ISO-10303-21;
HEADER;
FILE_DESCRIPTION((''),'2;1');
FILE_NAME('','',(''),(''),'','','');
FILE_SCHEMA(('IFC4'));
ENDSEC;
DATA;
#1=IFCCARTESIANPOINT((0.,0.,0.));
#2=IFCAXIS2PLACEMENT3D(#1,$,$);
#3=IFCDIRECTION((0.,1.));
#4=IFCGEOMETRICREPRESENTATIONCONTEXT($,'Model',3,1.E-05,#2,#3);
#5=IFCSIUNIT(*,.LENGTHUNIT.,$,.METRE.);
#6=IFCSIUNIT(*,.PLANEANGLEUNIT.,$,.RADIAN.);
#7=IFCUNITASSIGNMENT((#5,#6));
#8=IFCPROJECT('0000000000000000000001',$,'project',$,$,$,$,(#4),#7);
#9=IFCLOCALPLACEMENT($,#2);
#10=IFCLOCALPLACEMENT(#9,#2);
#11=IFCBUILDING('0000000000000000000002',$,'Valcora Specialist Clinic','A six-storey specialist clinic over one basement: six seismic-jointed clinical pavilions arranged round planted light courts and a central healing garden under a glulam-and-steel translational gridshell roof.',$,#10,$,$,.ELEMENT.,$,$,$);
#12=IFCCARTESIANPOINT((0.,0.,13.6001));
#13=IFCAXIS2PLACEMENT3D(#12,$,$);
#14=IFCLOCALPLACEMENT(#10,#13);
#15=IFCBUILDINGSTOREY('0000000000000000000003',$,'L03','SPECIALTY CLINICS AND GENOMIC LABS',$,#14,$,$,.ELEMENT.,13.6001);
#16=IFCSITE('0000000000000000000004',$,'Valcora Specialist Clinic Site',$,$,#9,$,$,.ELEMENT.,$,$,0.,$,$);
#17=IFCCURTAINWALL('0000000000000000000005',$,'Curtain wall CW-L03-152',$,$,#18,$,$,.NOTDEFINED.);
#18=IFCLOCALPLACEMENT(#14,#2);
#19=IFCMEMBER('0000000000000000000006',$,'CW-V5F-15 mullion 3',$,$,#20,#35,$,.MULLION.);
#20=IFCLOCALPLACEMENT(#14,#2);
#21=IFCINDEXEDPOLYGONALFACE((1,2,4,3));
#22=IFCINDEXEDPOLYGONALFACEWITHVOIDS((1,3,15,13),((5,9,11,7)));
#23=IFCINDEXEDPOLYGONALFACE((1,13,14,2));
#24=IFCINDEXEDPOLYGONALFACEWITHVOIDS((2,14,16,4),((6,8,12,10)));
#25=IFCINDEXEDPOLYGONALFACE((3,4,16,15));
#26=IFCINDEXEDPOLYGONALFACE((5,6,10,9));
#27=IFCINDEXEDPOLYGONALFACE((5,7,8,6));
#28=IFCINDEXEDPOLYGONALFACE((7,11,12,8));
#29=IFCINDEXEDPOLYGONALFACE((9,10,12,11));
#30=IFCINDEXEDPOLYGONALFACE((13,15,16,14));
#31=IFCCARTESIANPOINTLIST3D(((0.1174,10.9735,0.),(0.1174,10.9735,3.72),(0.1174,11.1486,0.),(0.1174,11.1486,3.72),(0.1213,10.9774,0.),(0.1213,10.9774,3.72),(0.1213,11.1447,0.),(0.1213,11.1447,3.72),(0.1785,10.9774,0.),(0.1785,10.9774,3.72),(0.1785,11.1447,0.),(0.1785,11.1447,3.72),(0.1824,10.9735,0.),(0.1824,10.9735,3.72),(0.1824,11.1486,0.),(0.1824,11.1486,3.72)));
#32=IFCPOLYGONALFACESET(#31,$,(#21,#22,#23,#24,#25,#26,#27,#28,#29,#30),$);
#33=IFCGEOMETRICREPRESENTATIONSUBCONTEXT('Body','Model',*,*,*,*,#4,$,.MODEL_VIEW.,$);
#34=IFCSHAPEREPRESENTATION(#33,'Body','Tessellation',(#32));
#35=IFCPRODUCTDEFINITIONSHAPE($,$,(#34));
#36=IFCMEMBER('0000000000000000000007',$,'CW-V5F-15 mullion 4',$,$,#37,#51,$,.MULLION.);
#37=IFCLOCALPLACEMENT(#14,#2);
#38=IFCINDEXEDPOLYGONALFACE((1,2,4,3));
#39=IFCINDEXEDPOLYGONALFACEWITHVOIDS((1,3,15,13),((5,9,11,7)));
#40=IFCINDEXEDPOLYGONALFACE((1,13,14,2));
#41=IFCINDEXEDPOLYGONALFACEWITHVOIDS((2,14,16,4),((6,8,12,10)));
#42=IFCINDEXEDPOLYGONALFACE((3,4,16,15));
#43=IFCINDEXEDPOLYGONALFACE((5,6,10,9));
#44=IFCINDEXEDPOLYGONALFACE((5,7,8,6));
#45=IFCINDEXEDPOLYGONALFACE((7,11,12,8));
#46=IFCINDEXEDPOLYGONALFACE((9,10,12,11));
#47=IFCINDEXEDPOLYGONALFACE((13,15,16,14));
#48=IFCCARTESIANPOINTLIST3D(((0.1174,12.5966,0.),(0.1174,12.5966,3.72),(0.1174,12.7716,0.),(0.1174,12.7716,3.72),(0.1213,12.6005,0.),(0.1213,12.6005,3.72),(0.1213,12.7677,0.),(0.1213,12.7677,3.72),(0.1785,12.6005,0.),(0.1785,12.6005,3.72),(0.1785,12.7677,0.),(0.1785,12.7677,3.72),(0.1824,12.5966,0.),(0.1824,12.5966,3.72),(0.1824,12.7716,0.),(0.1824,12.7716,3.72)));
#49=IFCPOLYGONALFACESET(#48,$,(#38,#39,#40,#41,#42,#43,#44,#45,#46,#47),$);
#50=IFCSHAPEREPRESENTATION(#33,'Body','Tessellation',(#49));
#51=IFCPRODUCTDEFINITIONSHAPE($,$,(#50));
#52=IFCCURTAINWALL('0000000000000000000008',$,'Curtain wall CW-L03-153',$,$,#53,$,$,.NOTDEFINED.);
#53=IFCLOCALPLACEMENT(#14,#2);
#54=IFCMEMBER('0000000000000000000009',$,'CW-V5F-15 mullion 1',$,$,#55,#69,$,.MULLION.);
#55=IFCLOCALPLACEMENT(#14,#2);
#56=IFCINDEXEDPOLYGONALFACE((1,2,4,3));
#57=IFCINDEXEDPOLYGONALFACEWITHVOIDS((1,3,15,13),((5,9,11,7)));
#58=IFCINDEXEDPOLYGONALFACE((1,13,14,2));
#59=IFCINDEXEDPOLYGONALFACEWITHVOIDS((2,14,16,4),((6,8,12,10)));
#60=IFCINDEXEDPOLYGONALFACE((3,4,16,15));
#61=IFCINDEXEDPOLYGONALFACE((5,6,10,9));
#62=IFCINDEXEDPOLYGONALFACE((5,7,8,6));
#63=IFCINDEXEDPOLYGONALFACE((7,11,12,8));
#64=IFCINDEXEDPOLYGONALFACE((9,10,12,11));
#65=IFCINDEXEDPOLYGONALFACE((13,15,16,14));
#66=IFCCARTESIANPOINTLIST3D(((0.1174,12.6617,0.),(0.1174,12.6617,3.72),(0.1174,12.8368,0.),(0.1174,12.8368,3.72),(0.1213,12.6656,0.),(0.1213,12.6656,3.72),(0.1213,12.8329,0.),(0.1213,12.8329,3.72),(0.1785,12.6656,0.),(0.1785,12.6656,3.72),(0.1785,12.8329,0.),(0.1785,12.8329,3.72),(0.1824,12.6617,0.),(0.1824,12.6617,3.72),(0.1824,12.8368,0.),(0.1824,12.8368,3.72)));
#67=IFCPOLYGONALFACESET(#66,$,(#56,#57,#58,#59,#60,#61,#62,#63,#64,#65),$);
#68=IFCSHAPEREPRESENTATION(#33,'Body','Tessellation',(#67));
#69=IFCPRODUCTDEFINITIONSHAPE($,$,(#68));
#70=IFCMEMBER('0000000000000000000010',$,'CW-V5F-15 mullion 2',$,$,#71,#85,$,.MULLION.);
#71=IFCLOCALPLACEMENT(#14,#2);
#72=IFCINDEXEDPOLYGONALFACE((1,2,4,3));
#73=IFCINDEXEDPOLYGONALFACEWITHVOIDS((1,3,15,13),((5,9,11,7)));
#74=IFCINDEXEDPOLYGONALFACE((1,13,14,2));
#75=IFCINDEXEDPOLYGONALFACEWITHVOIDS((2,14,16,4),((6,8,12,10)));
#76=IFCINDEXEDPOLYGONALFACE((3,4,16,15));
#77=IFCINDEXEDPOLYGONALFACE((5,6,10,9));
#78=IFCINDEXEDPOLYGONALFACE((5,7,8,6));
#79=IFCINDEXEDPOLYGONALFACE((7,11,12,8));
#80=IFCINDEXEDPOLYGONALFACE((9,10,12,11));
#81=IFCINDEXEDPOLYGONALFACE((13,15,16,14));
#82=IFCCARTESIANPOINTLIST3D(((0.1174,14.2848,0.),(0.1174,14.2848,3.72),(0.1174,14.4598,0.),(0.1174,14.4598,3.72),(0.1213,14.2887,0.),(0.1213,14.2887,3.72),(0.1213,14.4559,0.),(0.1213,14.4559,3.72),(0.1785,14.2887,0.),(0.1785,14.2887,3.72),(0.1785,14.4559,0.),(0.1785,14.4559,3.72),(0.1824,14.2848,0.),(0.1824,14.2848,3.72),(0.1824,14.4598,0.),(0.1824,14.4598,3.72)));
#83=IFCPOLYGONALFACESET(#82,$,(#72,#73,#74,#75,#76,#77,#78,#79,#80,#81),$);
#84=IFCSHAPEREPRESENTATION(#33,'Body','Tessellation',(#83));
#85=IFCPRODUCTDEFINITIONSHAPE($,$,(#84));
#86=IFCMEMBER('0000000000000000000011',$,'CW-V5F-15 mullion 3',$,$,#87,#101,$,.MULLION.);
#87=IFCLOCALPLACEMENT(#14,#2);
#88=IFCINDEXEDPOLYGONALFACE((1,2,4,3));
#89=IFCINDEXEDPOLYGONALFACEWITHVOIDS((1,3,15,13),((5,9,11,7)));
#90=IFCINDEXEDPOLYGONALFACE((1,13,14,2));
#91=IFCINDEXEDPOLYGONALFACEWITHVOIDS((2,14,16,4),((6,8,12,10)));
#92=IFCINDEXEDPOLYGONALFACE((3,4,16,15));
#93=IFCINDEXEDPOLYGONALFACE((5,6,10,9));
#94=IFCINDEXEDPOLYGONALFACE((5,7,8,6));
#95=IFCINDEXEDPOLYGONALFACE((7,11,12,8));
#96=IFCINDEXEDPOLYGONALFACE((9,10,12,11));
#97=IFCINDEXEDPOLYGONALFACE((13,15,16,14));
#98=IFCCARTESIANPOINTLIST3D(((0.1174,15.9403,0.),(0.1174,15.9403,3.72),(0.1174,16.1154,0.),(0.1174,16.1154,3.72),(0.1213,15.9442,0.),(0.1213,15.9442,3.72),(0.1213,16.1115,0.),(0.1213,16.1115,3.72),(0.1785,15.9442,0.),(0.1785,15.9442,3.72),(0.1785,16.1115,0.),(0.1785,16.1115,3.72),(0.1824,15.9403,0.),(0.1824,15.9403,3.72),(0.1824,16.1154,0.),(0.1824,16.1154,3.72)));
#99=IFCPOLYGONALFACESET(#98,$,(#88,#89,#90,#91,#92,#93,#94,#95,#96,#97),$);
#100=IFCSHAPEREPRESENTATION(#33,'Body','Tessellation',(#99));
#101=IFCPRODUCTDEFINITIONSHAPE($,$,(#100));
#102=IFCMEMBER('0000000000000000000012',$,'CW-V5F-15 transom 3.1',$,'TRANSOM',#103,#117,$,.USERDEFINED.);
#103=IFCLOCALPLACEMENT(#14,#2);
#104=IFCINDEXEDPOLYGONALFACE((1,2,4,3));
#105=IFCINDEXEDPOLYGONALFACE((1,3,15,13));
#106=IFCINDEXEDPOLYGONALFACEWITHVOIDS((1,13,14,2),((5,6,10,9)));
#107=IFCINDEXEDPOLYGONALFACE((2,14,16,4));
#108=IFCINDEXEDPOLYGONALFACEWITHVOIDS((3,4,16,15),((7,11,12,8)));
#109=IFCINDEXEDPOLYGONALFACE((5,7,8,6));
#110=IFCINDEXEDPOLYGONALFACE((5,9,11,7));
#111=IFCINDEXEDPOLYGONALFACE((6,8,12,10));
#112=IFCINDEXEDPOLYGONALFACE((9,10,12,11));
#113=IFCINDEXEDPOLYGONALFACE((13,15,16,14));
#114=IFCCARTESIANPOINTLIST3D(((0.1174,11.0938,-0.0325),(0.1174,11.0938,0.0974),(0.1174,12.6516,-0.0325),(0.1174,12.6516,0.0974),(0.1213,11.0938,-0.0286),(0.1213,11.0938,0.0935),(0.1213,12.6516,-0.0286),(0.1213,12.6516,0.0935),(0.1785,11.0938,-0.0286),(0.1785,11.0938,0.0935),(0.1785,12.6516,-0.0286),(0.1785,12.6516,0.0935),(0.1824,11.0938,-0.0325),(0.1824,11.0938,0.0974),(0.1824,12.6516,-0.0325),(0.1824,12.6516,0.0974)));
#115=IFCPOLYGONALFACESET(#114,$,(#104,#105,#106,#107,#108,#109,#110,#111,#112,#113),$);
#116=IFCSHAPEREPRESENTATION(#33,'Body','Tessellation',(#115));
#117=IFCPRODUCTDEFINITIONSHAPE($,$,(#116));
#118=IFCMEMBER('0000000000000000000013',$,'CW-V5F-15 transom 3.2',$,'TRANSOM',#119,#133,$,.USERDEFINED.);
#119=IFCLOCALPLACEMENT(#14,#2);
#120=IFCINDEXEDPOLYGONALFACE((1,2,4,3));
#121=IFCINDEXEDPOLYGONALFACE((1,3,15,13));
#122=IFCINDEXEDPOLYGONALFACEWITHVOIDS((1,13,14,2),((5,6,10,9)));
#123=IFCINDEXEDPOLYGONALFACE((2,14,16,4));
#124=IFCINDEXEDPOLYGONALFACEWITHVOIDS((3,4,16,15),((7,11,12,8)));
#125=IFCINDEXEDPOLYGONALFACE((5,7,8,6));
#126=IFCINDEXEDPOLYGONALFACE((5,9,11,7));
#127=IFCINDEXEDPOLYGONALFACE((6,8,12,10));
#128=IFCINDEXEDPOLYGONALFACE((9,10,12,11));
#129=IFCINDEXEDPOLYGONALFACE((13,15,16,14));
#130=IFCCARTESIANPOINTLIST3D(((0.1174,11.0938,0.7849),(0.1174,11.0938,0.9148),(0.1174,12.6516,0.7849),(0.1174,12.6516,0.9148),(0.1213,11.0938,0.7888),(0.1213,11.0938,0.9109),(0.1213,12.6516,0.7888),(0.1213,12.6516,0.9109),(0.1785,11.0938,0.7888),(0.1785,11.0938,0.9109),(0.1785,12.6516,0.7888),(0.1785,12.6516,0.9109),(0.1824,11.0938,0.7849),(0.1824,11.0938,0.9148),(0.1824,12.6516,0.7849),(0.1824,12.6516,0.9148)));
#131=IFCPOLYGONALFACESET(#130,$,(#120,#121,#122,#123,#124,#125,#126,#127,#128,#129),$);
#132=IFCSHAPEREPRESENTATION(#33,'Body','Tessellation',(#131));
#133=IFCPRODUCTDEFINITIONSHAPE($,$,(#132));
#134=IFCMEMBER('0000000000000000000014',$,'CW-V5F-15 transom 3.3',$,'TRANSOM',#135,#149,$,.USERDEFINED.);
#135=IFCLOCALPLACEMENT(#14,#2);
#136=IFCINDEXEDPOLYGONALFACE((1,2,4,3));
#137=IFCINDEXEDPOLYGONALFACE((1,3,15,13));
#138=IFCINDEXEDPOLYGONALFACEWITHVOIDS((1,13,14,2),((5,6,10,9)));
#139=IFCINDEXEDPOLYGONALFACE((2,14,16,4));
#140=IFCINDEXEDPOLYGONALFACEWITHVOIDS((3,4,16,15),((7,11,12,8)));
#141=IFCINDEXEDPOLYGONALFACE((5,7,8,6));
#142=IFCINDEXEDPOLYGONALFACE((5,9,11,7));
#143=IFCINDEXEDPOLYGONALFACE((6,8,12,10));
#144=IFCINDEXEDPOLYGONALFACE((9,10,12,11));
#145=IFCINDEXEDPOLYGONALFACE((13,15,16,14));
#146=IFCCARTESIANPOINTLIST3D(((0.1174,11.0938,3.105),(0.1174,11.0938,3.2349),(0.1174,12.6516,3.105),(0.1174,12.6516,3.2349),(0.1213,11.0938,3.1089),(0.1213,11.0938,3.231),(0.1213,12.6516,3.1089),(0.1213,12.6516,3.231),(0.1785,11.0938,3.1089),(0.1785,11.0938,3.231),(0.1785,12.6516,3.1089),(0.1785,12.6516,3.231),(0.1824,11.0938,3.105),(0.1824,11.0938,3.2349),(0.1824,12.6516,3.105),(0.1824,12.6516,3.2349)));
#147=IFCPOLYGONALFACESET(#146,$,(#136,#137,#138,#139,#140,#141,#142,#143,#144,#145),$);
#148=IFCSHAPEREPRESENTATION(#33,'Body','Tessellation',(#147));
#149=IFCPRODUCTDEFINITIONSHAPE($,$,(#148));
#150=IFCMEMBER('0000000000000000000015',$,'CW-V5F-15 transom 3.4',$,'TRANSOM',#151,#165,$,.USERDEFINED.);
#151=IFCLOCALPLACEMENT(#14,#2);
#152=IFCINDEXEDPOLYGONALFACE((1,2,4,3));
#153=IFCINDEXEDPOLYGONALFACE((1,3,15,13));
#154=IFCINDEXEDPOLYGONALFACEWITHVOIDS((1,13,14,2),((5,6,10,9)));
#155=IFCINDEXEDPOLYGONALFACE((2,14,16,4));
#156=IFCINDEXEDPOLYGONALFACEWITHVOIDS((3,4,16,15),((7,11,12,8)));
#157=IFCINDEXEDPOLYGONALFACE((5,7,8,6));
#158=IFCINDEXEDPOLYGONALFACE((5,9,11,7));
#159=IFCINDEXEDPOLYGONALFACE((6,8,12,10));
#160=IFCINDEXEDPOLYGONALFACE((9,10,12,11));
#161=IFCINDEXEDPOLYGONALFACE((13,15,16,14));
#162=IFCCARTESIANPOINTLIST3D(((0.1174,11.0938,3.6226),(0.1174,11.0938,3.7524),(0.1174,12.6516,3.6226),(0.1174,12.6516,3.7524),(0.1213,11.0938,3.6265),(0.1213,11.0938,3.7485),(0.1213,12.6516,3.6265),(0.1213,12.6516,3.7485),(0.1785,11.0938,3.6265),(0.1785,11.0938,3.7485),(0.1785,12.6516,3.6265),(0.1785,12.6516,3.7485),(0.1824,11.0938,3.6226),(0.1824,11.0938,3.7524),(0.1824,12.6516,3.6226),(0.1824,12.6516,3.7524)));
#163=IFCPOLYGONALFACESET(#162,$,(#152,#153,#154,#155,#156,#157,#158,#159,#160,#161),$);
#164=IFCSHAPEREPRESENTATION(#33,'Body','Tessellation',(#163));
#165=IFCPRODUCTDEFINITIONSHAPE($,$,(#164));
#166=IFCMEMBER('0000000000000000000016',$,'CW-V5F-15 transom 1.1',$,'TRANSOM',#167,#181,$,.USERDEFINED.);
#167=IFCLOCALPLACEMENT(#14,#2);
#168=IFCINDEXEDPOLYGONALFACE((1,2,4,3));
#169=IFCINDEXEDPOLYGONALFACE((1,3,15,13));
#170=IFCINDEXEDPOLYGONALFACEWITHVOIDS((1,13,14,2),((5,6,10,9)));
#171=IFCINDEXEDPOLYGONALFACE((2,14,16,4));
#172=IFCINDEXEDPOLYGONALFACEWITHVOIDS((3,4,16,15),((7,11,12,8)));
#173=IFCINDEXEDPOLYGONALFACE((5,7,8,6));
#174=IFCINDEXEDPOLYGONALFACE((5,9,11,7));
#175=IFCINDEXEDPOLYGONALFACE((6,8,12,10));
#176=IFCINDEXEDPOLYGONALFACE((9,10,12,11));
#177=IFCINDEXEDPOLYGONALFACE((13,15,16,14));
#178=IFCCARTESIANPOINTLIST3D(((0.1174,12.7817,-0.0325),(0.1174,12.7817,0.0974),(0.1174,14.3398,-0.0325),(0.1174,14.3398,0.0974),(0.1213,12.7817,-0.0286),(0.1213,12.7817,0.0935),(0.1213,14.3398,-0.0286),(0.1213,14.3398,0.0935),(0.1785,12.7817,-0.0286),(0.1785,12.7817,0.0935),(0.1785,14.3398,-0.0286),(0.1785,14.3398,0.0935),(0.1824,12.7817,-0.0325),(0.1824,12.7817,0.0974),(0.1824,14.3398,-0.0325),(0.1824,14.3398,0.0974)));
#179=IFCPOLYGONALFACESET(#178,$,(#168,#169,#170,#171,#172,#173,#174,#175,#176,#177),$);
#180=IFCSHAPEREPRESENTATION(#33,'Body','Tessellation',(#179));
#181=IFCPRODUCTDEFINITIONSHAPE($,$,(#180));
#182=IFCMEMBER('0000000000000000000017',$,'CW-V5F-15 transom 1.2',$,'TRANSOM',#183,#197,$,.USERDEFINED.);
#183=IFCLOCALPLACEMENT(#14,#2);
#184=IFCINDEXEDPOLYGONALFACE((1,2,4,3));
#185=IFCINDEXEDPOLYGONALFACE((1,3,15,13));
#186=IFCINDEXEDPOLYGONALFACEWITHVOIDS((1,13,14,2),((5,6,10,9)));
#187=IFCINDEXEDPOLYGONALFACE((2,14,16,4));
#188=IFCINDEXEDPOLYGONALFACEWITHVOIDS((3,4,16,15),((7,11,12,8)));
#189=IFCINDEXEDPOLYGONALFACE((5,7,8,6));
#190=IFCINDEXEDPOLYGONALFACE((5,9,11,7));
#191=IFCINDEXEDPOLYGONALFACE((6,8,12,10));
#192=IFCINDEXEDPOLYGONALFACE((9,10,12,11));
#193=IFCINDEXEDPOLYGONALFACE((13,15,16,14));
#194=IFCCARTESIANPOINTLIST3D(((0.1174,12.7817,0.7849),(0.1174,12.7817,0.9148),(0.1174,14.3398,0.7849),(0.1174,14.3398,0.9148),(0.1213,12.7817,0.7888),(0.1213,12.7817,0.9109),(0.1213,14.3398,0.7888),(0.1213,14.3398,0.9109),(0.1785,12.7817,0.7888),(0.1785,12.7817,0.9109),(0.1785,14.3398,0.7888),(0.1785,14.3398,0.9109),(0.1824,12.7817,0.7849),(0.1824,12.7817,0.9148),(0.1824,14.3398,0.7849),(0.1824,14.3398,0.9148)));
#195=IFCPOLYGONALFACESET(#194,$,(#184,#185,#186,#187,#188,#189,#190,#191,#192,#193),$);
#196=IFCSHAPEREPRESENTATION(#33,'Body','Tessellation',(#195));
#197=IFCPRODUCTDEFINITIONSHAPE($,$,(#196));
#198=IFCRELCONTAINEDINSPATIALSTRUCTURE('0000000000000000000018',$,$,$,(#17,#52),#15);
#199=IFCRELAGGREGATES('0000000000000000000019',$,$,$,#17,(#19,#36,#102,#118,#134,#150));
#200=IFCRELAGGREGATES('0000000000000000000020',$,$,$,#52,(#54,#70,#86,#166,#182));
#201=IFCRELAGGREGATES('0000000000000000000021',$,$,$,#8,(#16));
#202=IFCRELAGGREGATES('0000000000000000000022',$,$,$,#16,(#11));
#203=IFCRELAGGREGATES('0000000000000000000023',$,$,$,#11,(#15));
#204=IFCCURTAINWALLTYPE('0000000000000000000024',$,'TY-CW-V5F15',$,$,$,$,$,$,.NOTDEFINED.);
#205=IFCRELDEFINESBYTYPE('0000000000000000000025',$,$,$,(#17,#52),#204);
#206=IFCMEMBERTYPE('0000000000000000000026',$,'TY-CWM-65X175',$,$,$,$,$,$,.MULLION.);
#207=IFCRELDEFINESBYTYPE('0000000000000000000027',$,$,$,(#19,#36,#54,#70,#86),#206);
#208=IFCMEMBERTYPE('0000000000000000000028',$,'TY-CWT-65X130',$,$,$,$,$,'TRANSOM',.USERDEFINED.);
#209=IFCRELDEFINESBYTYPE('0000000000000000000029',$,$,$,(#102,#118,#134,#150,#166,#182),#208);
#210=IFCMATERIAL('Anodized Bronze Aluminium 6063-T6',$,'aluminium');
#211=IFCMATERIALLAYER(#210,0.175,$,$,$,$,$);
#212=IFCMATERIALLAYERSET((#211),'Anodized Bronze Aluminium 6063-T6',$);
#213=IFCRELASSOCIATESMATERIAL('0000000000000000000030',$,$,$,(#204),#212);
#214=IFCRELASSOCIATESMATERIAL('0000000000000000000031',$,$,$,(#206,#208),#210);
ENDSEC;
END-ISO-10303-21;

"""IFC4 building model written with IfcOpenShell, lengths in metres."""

from ifc_helpers import new_model, si_unit, direction, frame, origin, origin_2d, place, context, subcontext, project, spatial, hollow_rectangle, extrude, material, layer, layer_set, material_profile, profile_set, type_object, element, aggregate, save


model = new_model("IFC4")

# Units and contexts
model_context = context("Model", 3, precision=1e-05, world=origin(), true_north=direction((0.0, 1.0)))
body_context = subcontext(model_context, "Body", "Model", "MODEL_VIEW")
ifc_project = project(units=[si_unit("LENGTHUNIT", "METRE"), si_unit("PLANEANGLEUNIT", "RADIAN")], contexts=[model_context])

# Site, building, storey
site_placement = place(None, origin())
site = spatial("IfcSite", under=ifc_project, at=site_placement, Name="Valcora Specialist Clinic Site", CompositionType="ELEMENT", RefElevation=0.0)
building_placement = place(site_placement, origin())
building = spatial("IfcBuilding", under=site, at=building_placement, Name="Valcora Specialist Clinic", Description="A six-storey specialist clinic over one basement: six seismic-jointed clinical pavilions arranged round planted light courts and a central healing garden under a glulam-and-steel translational gridshell roof.", CompositionType="ELEMENT")
storey_placement = place(building_placement, frame((0.0, 0.0, 13.6001)))
storey = spatial("IfcBuildingStorey", under=building, at=storey_placement, Name="L03", Description="SPECIALTY CLINICS AND GENOMIC LABS", CompositionType="ELEMENT", Elevation=13.6001)

# Curtain walls, members
ifc_material_1 = material(Name="Anodized Bronze Aluminium 6063-T6", Category="aluminium")
ifc_layer_1 = layer(ifc_material_1, 0.175)
ifc_layer_set_1 = layer_set([ifc_layer_1], Name="Anodized Bronze Aluminium 6063-T6")
curtain_wall_type = type_object("IfcCurtainWallType", Name="TY-CW-V5F15", PredefinedType="NOTDEFINED", material=ifc_layer_set_1)
curtain_wall_1_placement = place(storey_placement, origin())
curtain_wall_1 = element("IfcCurtainWall", 1, at=curtain_wall_1_placement, inside=storey, type_object=curtain_wall_type, Name="Curtain wall CW-L03-152", PredefinedType="NOTDEFINED")
ifc_material_profile_1 = material_profile(ifc_material_1, hollow_rectangle(XDim=0.0649, YDim=0.175, WallThickness=0.0039, at=origin_2d()), Name="AL-MUL-65X175")
ifc_profile_set_1 = profile_set([ifc_material_profile_1], Name="Anodized Bronze Aluminium 6063-T6")
member_type_1 = type_object("IfcMemberType", Name="TY-CWM-65X175", PredefinedType="MULLION", material=ifc_profile_set_1)
member_1_placement = place(storey_placement, frame((0.1499, 11.061, 0.0), z_axis=(0.0, 0.0, 1.0), x_axis=(-1.0, 0.0, 0.0)))
member_1 = element("IfcMember", 2, at=member_1_placement, type_object=member_type_1, Name="CW-V5F-15 mullion 3", PredefinedType="MULLION", context=body_context, shape_type="SweptSolid", body=[
    extrude(hollow_rectangle(XDim=0.0649, YDim=0.175, WallThickness=0.0039, at=origin_2d()), origin(), (0.0, 0.0, 1.0), 3.72),
])
member_2_placement = place(storey_placement, frame((0.1499, 12.6841, 0.0), z_axis=(0.0, 0.0, 1.0), x_axis=(-1.0, 0.0, 0.0)))
member_2 = element("IfcMember", 3, at=member_2_placement, type_object=member_type_1, Name="CW-V5F-15 mullion 4", PredefinedType="MULLION", context=body_context, shape_type="SweptSolid", body=[
    extrude(hollow_rectangle(XDim=0.0649, YDim=0.175, WallThickness=0.0039, at=origin_2d()), origin(), (0.0, 0.0, 1.0), 3.72),
])
curtain_wall_2_placement = place(storey_placement, origin())
curtain_wall_2 = element("IfcCurtainWall", 4, at=curtain_wall_2_placement, inside=storey, type_object=curtain_wall_type, Name="Curtain wall CW-L03-153", PredefinedType="NOTDEFINED")
member_3_placement = place(storey_placement, frame((0.1499, 12.7493, 0.0), z_axis=(0.0, 0.0, 1.0), x_axis=(-1.0, 0.0, 0.0)))
member_3 = element("IfcMember", 5, at=member_3_placement, type_object=member_type_1, Name="CW-V5F-15 mullion 1", PredefinedType="MULLION", context=body_context, shape_type="SweptSolid", body=[
    extrude(hollow_rectangle(XDim=0.0649, YDim=0.175, WallThickness=0.0039, at=origin_2d()), origin(), (0.0, 0.0, 1.0), 3.72),
])
member_4_placement = place(storey_placement, frame((0.1499, 14.3723, 0.0), z_axis=(0.0, 0.0, 1.0), x_axis=(-1.0, 0.0, 0.0)))
member_4 = element("IfcMember", 6, at=member_4_placement, type_object=member_type_1, Name="CW-V5F-15 mullion 2", PredefinedType="MULLION", context=body_context, shape_type="SweptSolid", body=[
    extrude(hollow_rectangle(XDim=0.0649, YDim=0.175, WallThickness=0.0039, at=origin_2d()), origin(), (0.0, 0.0, 1.0), 3.72),
])
member_5_placement = place(storey_placement, frame((0.1499, 16.0278, 0.0), z_axis=(0.0, 0.0, 1.0), x_axis=(-1.0, 0.0, 0.0)))
member_5 = element("IfcMember", 7, at=member_5_placement, type_object=member_type_1, Name="CW-V5F-15 mullion 3", PredefinedType="MULLION", context=body_context, shape_type="SweptSolid", body=[
    extrude(hollow_rectangle(XDim=0.0649, YDim=0.175, WallThickness=0.0039, at=origin_2d()), origin(), (0.0, 0.0, 1.0), 3.72),
])

# Members
ifc_material_profile_2 = material_profile(ifc_material_1, hollow_rectangle(XDim=0.0649, YDim=0.1299, WallThickness=0.0039, at=origin_2d()), Name="AL-TRN-65X130")
ifc_profile_set_2 = profile_set([ifc_material_profile_2], Name="Anodized Bronze Aluminium 6063-T6")
member_type_2 = type_object("IfcMemberType", Name="TY-CWT-65X130", ElementType="TRANSOM", PredefinedType="USERDEFINED", material=ifc_profile_set_2)
member_6_placement = place(storey_placement, frame((0.1499, 11.0938, 0.0325), z_axis=(0.0, 1.0, 0.0), x_axis=(-1.0, 0.0, 0.0)))
member_6 = element("IfcMember", 8, at=member_6_placement, type_object=member_type_2, Name="CW-V5F-15 transom 3.1", ObjectType="TRANSOM", PredefinedType="USERDEFINED", context=body_context, shape_type="SweptSolid", body=[
    extrude(hollow_rectangle(XDim=0.0649, YDim=0.1299, WallThickness=0.0039, at=origin_2d()), origin(), (0.0, 0.0, 1.0), 1.5579),
])
member_7_placement = place(storey_placement, frame((0.1499, 11.0938, 0.8499), z_axis=(0.0, 1.0, 0.0), x_axis=(-1.0, 0.0, 0.0)))
member_7 = element("IfcMember", 9, at=member_7_placement, type_object=member_type_2, Name="CW-V5F-15 transom 3.2", ObjectType="TRANSOM", PredefinedType="USERDEFINED", context=body_context, shape_type="SweptSolid", body=[
    extrude(hollow_rectangle(XDim=0.0649, YDim=0.1299, WallThickness=0.0039, at=origin_2d()), origin(), (0.0, 0.0, 1.0), 1.5579),
])
member_8_placement = place(storey_placement, frame((0.1499, 11.0938, 3.1699), z_axis=(0.0, 1.0, 0.0), x_axis=(-1.0, 0.0, 0.0)))
member_8 = element("IfcMember", 10, at=member_8_placement, type_object=member_type_2, Name="CW-V5F-15 transom 3.3", ObjectType="TRANSOM", PredefinedType="USERDEFINED", context=body_context, shape_type="SweptSolid", body=[
    extrude(hollow_rectangle(XDim=0.0649, YDim=0.1299, WallThickness=0.0039, at=origin_2d()), origin(), (0.0, 0.0, 1.0), 1.5579),
])
member_9_placement = place(storey_placement, frame((0.1499, 11.0938, 3.6875), z_axis=(0.0, 1.0, 0.0), x_axis=(-1.0, 0.0, 0.0)))
member_9 = element("IfcMember", 11, at=member_9_placement, type_object=member_type_2, Name="CW-V5F-15 transom 3.4", ObjectType="TRANSOM", PredefinedType="USERDEFINED", context=body_context, shape_type="SweptSolid", body=[
    extrude(hollow_rectangle(XDim=0.0649, YDim=0.1299, WallThickness=0.0039, at=origin_2d()), origin(), (0.0, 0.0, 1.0), 1.5579),
])
member_10_placement = place(storey_placement, frame((0.1499, 12.7817, 0.0325), z_axis=(0.0, 1.0, 0.0), x_axis=(-1.0, 0.0, 0.0)))
member_10 = element("IfcMember", 12, at=member_10_placement, type_object=member_type_2, Name="CW-V5F-15 transom 1.1", ObjectType="TRANSOM", PredefinedType="USERDEFINED", context=body_context, shape_type="SweptSolid", body=[
    extrude(hollow_rectangle(XDim=0.0649, YDim=0.1299, WallThickness=0.0039, at=origin_2d()), origin(), (0.0, 0.0, 1.0), 1.5581),
])
member_11_placement = place(storey_placement, frame((0.1499, 12.7817, 0.8499), z_axis=(0.0, 1.0, 0.0), x_axis=(-1.0, 0.0, 0.0)))
member_11 = element("IfcMember", 13, at=member_11_placement, type_object=member_type_2, Name="CW-V5F-15 transom 1.2", ObjectType="TRANSOM", PredefinedType="USERDEFINED", context=body_context, shape_type="SweptSolid", body=[
    extrude(hollow_rectangle(XDim=0.0649, YDim=0.1299, WallThickness=0.0039, at=origin_2d()), origin(), (0.0, 0.0, 1.0), 1.5581),
])

aggregate(curtain_wall_1, [member_1, member_2, member_6, member_7, member_8, member_9])
aggregate(curtain_wall_2, [member_3, member_4, member_5, member_10, member_11])

save(model, "model.ifc")
